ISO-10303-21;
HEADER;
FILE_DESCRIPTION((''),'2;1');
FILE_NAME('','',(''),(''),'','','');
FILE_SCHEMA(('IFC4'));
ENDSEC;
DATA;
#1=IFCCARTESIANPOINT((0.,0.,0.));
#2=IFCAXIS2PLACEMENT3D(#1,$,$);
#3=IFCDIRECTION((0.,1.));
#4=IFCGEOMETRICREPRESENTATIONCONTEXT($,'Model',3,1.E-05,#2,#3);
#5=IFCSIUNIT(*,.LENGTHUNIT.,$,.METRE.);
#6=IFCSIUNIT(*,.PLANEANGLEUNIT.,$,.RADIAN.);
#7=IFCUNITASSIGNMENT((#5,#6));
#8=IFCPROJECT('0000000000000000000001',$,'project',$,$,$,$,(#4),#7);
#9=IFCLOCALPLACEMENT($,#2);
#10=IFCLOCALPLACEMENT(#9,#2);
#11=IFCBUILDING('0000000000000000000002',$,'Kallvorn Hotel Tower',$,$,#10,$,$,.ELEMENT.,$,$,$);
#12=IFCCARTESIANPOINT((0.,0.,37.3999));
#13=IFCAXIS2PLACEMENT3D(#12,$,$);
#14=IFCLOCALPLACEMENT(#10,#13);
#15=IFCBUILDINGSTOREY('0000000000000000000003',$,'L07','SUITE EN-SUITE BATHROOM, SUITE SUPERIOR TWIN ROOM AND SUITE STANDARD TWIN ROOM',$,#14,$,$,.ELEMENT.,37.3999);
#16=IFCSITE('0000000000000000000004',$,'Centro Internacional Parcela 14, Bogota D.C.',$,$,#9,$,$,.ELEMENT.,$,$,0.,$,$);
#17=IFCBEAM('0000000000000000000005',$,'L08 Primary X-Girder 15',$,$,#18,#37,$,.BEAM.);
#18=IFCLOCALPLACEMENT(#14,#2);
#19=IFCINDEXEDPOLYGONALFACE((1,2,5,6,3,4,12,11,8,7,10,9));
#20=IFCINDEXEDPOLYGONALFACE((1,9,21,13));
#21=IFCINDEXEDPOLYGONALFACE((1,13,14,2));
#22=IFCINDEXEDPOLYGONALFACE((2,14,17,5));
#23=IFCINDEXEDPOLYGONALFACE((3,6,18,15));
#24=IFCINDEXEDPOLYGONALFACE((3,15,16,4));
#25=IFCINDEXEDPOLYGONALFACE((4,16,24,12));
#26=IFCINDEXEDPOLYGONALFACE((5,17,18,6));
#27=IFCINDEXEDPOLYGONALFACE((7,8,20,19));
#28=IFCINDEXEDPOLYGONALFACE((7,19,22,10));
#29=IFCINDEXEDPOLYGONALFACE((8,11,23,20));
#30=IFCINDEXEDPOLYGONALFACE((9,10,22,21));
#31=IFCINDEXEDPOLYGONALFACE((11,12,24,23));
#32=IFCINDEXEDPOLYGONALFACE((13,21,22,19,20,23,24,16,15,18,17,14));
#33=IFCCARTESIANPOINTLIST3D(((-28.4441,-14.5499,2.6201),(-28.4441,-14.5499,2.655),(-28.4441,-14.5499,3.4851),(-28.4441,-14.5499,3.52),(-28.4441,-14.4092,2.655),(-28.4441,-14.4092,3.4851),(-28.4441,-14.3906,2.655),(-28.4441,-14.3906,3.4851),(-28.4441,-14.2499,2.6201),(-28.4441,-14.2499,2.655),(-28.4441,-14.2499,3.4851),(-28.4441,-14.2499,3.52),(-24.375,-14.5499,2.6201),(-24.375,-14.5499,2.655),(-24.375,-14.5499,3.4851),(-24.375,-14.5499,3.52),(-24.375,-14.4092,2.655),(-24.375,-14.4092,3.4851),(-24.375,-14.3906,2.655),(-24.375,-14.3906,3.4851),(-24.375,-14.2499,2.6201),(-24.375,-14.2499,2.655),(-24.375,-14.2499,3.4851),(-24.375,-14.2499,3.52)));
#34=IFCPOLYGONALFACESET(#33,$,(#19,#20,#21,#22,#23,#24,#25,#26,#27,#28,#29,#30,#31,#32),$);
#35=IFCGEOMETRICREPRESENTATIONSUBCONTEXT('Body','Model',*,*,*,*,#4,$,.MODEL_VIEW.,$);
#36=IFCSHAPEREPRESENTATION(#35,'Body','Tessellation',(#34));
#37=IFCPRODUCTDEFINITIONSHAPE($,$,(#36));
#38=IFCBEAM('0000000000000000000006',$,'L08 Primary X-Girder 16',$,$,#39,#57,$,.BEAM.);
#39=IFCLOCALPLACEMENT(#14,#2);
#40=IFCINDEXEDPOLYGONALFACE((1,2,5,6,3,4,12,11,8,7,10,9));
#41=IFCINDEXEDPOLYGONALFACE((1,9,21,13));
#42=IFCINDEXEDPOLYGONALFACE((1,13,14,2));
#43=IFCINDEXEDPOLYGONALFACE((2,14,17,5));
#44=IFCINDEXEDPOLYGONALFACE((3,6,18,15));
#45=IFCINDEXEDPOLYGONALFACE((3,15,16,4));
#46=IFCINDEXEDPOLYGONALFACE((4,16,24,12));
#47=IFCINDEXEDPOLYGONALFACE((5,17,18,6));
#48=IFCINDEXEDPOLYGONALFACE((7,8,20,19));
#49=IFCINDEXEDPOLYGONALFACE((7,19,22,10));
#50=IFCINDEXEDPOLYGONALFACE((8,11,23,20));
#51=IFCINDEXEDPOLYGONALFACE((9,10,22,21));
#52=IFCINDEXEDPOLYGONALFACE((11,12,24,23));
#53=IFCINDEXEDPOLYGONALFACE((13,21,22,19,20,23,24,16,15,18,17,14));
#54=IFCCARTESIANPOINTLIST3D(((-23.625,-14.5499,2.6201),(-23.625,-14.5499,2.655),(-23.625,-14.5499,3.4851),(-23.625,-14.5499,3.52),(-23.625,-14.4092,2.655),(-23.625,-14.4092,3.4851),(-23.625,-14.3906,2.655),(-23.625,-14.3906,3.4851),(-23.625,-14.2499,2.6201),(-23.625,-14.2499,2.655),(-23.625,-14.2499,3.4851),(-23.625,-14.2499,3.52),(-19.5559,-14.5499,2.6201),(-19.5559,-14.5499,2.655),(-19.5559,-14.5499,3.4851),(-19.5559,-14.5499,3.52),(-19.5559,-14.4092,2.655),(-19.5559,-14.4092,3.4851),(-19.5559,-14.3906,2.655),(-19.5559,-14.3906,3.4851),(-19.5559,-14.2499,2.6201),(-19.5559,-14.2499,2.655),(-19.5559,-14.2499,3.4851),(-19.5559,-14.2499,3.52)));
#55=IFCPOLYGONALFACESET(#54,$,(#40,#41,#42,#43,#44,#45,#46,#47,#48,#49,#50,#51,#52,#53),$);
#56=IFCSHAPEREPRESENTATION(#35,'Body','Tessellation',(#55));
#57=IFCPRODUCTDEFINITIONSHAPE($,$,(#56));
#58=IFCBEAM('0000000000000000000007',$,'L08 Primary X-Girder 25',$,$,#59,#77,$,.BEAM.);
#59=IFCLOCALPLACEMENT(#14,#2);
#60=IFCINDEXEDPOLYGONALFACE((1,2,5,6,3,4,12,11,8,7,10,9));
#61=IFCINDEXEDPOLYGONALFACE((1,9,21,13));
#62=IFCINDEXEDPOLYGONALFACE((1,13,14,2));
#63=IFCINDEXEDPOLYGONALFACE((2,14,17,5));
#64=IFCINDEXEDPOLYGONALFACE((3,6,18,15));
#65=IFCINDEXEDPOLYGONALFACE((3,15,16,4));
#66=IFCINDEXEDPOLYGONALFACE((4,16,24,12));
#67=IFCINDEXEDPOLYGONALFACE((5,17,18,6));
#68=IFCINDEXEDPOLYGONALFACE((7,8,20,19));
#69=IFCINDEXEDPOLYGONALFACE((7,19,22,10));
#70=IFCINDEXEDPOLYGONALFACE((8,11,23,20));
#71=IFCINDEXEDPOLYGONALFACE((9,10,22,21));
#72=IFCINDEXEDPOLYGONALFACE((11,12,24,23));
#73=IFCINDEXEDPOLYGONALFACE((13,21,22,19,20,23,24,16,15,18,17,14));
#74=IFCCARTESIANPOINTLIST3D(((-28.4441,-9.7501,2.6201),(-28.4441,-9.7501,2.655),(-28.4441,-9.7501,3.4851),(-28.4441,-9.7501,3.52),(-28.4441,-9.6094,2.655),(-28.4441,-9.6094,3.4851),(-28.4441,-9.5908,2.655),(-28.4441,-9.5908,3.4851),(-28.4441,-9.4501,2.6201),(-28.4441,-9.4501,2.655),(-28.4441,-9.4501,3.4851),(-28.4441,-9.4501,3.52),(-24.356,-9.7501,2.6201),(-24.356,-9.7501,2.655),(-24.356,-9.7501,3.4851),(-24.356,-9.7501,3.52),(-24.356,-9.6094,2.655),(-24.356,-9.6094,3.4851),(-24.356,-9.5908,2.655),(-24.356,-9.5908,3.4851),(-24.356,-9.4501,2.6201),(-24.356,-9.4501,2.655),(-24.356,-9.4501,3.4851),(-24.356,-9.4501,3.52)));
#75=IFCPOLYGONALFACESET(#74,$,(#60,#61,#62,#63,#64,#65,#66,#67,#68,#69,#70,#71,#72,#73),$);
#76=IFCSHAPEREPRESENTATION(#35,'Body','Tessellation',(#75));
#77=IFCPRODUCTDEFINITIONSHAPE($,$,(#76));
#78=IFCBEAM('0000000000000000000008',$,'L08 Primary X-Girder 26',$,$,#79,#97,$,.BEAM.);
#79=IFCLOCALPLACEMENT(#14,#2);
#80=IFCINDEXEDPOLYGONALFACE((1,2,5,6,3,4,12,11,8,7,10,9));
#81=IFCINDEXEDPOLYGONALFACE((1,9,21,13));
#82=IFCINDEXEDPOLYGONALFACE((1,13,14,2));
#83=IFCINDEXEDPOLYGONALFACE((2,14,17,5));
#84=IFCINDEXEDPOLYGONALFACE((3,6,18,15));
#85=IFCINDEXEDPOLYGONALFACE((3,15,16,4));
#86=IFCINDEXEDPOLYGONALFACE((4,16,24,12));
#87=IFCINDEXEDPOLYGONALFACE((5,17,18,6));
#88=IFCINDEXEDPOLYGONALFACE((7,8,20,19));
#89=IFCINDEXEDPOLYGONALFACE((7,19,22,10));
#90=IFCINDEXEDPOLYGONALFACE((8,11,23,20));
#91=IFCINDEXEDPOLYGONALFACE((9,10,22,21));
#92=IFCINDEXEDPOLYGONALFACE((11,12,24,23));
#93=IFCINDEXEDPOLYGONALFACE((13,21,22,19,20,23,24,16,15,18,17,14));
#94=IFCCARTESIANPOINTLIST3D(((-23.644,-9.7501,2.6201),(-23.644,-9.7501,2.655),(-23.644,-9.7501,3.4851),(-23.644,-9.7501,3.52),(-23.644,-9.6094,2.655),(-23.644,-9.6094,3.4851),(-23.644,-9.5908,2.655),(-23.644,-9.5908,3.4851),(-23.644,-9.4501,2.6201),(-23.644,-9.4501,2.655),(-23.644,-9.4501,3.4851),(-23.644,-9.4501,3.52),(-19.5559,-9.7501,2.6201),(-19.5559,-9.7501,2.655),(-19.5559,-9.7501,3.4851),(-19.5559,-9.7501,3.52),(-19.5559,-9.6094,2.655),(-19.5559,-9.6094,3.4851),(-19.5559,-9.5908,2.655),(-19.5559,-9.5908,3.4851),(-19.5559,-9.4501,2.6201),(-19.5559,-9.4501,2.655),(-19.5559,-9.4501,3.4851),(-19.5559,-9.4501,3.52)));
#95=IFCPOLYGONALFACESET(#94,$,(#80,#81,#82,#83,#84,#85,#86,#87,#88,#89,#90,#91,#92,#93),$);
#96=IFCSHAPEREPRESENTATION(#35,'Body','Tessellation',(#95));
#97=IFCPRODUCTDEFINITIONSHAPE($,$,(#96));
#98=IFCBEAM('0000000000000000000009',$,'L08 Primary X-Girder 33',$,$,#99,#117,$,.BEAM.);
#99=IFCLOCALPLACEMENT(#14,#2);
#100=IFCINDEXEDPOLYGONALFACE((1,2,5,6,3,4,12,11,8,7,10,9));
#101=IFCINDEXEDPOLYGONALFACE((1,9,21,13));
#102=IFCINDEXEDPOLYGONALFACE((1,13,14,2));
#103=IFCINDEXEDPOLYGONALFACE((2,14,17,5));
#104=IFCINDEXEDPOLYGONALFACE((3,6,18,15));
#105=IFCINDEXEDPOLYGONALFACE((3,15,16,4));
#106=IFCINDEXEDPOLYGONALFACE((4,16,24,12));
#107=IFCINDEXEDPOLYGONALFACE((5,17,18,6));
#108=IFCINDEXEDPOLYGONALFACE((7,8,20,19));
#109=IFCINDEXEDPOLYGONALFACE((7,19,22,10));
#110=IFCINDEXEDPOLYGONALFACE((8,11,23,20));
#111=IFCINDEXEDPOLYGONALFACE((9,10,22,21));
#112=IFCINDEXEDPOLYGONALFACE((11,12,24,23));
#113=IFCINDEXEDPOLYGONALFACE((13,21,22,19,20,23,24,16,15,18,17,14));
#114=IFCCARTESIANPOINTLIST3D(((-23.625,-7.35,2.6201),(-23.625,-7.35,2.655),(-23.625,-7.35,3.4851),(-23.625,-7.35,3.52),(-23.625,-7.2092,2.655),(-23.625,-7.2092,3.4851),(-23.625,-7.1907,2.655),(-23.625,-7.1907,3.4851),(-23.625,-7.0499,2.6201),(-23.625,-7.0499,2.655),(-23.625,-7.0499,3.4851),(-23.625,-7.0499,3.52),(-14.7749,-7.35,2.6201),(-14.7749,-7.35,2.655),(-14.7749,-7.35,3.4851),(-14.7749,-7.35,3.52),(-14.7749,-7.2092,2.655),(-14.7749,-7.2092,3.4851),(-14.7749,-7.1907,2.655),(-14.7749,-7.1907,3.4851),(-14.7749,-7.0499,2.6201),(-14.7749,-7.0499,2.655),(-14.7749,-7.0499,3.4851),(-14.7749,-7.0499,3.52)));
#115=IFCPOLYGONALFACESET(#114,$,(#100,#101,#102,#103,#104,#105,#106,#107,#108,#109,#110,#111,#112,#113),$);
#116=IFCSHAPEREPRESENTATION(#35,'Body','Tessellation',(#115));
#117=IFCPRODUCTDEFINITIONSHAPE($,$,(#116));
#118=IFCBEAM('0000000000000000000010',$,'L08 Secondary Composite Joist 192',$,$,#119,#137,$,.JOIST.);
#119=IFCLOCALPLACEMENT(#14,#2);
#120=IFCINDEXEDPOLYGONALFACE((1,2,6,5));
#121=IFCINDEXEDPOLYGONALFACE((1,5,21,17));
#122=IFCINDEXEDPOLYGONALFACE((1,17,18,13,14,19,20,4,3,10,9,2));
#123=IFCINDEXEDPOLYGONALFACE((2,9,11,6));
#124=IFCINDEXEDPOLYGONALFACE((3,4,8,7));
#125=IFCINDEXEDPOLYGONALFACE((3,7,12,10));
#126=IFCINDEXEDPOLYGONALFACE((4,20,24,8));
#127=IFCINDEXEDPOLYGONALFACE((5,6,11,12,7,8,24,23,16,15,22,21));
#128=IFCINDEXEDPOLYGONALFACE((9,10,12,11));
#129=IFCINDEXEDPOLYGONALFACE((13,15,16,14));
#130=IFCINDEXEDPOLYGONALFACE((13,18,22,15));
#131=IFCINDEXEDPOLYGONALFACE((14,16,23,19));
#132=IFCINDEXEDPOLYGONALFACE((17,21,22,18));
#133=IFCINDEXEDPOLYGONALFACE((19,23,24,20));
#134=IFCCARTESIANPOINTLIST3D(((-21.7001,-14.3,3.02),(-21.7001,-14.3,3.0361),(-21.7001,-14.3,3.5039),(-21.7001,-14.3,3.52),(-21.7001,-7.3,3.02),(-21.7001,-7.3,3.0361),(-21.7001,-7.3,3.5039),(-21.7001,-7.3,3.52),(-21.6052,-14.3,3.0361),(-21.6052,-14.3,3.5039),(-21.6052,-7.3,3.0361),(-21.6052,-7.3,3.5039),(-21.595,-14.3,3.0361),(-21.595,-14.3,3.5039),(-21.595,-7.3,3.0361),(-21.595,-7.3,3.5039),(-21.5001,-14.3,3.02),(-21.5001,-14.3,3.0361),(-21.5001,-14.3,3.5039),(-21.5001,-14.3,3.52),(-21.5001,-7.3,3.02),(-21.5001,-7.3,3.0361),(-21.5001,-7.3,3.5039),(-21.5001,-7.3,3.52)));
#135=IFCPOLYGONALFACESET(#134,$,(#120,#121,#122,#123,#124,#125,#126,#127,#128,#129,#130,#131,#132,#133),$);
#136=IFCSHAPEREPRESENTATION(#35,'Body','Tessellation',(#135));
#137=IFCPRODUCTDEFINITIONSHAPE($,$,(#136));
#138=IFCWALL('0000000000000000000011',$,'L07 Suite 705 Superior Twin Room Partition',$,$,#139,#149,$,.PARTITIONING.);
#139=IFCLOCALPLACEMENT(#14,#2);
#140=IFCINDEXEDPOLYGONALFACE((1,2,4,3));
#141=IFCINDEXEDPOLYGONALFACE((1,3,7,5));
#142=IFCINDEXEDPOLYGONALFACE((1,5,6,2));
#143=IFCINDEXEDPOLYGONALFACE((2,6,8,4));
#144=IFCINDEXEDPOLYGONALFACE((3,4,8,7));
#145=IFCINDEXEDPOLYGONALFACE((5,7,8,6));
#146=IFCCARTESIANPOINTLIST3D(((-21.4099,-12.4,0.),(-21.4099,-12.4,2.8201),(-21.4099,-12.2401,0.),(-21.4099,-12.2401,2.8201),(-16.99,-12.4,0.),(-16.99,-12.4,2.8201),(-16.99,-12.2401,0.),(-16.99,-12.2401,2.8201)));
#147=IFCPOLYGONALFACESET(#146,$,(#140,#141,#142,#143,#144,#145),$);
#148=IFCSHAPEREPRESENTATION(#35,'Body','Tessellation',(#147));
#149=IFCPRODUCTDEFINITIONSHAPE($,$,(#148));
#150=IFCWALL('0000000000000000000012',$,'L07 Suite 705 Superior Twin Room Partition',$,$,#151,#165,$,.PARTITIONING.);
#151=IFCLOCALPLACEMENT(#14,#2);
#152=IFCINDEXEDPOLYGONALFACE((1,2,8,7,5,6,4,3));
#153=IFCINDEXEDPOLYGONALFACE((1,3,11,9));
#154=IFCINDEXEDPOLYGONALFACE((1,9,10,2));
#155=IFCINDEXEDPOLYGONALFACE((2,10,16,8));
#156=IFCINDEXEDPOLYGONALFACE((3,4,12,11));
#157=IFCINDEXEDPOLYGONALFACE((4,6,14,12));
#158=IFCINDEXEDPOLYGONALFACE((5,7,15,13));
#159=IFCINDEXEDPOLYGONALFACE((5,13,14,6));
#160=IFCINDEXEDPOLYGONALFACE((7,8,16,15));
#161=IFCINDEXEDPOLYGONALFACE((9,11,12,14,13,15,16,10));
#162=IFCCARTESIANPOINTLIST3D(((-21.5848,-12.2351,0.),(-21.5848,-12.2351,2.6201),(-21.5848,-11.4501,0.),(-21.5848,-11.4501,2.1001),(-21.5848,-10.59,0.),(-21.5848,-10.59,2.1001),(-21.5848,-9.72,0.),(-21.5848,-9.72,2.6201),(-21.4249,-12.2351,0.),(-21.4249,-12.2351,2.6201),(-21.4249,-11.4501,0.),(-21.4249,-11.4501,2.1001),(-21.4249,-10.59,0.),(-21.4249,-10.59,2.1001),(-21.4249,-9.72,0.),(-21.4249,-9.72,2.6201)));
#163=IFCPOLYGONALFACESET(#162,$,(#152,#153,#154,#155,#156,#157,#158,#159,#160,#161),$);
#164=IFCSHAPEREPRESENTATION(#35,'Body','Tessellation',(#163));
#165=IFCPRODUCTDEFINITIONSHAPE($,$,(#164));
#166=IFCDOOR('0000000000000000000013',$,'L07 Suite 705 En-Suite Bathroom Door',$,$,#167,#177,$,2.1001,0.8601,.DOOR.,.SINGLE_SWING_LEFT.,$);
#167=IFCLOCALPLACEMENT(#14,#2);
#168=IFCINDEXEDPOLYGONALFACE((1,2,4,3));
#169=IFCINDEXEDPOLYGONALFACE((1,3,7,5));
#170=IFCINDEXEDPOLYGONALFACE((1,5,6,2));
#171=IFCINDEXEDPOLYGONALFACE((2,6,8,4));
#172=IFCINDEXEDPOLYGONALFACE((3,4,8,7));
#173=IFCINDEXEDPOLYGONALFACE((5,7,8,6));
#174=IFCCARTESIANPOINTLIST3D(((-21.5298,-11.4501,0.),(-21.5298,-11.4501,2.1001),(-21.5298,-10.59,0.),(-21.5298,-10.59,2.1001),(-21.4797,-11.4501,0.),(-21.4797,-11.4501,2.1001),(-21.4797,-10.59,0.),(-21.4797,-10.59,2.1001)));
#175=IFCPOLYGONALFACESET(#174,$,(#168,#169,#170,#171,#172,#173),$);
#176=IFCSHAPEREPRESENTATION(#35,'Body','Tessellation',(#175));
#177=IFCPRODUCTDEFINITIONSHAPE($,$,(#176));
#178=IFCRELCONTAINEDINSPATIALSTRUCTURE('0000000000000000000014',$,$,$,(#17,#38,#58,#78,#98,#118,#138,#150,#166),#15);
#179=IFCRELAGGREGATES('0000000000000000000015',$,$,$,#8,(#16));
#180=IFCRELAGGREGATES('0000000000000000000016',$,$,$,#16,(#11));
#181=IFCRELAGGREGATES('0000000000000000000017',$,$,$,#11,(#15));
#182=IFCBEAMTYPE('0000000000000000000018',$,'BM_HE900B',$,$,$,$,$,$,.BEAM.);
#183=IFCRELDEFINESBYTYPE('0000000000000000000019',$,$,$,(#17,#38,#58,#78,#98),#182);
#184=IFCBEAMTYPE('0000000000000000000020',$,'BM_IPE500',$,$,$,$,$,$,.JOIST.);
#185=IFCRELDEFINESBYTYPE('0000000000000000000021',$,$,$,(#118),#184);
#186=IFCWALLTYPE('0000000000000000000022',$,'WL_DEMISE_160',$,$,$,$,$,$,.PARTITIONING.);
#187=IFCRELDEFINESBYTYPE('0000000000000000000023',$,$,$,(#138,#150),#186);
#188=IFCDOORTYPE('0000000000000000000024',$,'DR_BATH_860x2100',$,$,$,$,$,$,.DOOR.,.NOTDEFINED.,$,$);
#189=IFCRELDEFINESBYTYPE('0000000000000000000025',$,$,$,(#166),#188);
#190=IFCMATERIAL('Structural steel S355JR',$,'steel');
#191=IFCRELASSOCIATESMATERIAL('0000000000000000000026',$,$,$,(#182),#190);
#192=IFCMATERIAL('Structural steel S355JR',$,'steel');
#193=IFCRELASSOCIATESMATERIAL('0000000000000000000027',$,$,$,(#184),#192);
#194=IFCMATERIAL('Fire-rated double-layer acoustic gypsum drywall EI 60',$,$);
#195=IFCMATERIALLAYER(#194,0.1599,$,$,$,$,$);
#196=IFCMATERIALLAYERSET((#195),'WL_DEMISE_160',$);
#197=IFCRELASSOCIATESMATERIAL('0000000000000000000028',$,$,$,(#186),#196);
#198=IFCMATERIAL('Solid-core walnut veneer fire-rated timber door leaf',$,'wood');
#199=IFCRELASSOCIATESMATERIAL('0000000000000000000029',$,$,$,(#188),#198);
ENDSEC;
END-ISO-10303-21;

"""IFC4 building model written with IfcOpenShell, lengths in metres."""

from ifc_helpers import new_model, si_unit, direction, frame, frame_2d, origin, origin_2d, place, context, subcontext, project, spatial, rectangle, i_section, extrude, material, layer, layer_set, material_profile, profile_set, type_object, element, fill, save


model = new_model("IFC4")

# Units and contexts
model_context = context("Model", 3, precision=1e-05, world=origin(), true_north=direction((0.0, 1.0)))
body_context = subcontext(model_context, "Body", "Model", "MODEL_VIEW")
ifc_project = project(units=[si_unit("LENGTHUNIT", "METRE"), si_unit("PLANEANGLEUNIT", "RADIAN")], contexts=[model_context])

# Site, building, storey
site_placement = place(None, origin())
site = spatial("IfcSite", under=ifc_project, at=site_placement, Name="Centro Internacional Parcela 14, Bogota D.C.", CompositionType="ELEMENT", RefElevation=0.0)
building_placement = place(site_placement, origin())
building = spatial("IfcBuilding", under=site, at=building_placement, Name="Kallvorn Hotel Tower", CompositionType="ELEMENT")
storey_placement = place(building_placement, frame((0.0, 0.0, 37.3999)))
storey = spatial("IfcBuildingStorey", under=building, at=storey_placement, Name="L07", Description="SUITE EN-SUITE BATHROOM, SUITE SUPERIOR TWIN ROOM AND SUITE STANDARD TWIN ROOM", CompositionType="ELEMENT", Elevation=37.3999)

# Beams
ifc_material_1 = material(Name="Structural steel S355JR", Category="steel")
ifc_material_profile_1 = material_profile(ifc_material_1, i_section(OverallWidth=0.3, OverallDepth=0.8999, WebThickness=0.0186, FlangeThickness=0.0349, at=origin_2d()), Name="HE 900 B")
ifc_profile_set_1 = profile_set([ifc_material_profile_1], Name="Structural steel S355JR")
beam_type_1 = type_object("IfcBeamType", Name="BM_HE900B", PredefinedType="BEAM", material=ifc_profile_set_1)
for number, where, z_axis, x_axis, name in (
    (1, (-28.4441, -14.3999, 3.0701), (1.0, 0.0, 0.0), (0.0, 1.0, 0.0), "L08 Primary X-Girder 15"),
    (2, (-23.625, -14.3999, 3.0701), (1.0, 0.0, 0.0), (0.0, 1.0, 0.0), "L08 Primary X-Girder 16"),
):
    element("IfcBeam", number, at=place(storey_placement, frame(where, z_axis=z_axis, x_axis=x_axis)), inside=storey, type_object=beam_type_1, Name=name, PredefinedType="BEAM", context=body_context, shape_type="SweptSolid", body=[
        extrude(i_section(OverallWidth=0.3, OverallDepth=0.8999, WebThickness=0.0186, FlangeThickness=0.0349, at=origin_2d()), origin(), (0.0, 0.0, 1.0), 4.0691),
    ])
for number, where, z_axis, x_axis, name in (
    (3, (-28.4441, -9.6001, 3.0701), (1.0, 0.0, 0.0), (0.0, 1.0, 0.0), "L08 Primary X-Girder 25"),
    (4, (-23.644, -9.6001, 3.0701), (1.0, 0.0, 0.0), (0.0, 1.0, 0.0), "L08 Primary X-Girder 26"),
):
    element("IfcBeam", number, at=place(storey_placement, frame(where, z_axis=z_axis, x_axis=x_axis)), inside=storey, type_object=beam_type_1, Name=name, PredefinedType="BEAM", context=body_context, shape_type="SweptSolid", body=[
        extrude(i_section(OverallWidth=0.3, OverallDepth=0.8999, WebThickness=0.0186, FlangeThickness=0.0349, at=origin_2d()), origin(), (0.0, 0.0, 1.0), 4.0881),
    ])
beam_1_placement = place(storey_placement, frame((-23.625, -7.2, 3.0701), z_axis=(1.0, 0.0, 0.0), x_axis=(0.0, 1.0, 0.0)))
element("IfcBeam", 5, at=beam_1_placement, inside=storey, type_object=beam_type_1, Name="L08 Primary X-Girder 33", PredefinedType="BEAM", context=body_context, shape_type="SweptSolid", body=[
    extrude(i_section(OverallWidth=0.3, OverallDepth=0.8999, WebThickness=0.0186, FlangeThickness=0.0349, at=origin_2d()), origin(), (0.0, 0.0, 1.0), 8.8501),
])
ifc_material_2 = material(Name="Structural steel S355JR", Category="steel")
ifc_material_profile_2 = material_profile(ifc_material_2, i_section(OverallWidth=0.2, OverallDepth=0.5, WebThickness=0.0103, FlangeThickness=0.0161, at=origin_2d()), Name="IPE 500")
ifc_profile_set_2 = profile_set([ifc_material_profile_2], Name="Structural steel S355JR")
beam_type_2 = type_object("IfcBeamType", Name="BM_IPE500", PredefinedType="JOIST", material=ifc_profile_set_2)
beam_2_placement = place(storey_placement, frame((-21.6001, -14.3, 3.27), z_axis=(0.0, 1.0, 0.0), x_axis=(-1.0, 0.0, 0.0)))
element("IfcBeam", 6, at=beam_2_placement, inside=storey, type_object=beam_type_2, Name="L08 Secondary Composite Joist 192", PredefinedType="JOIST", context=body_context, shape_type="SweptSolid", body=[
    extrude(i_section(OverallWidth=0.2, OverallDepth=0.5, WebThickness=0.0103, FlangeThickness=0.0161, at=origin_2d()), origin(), (0.0, 0.0, 1.0), 7.0),
])

# Wall
ifc_material_3 = material(Name="Fire-rated double-layer acoustic gypsum drywall EI 60")
ifc_layer = layer(ifc_material_3, 0.1599)
ifc_layer_set = layer_set([ifc_layer], Name="WL_DEMISE_160")
wall_type = type_object("IfcWallType", Name="WL_DEMISE_160", PredefinedType="PARTITIONING", material=ifc_layer_set)
wall_1_placement = place(storey_placement, frame((-21.4099, -12.3201, 0.0), z_axis=(0.0, 0.0, 1.0), x_axis=(1.0, 0.0, 0.0)))
element("IfcWall", 7, at=wall_1_placement, inside=storey, type_object=wall_type, Name="L07 Suite 705 Superior Twin Room Partition", PredefinedType="PARTITIONING", context=body_context, shape_type="SweptSolid", body=[
    extrude(rectangle(XDim=4.4199, YDim=0.1599, at=frame_2d((2.21, 0.0))), origin(), (0.0, 0.0, 1.0), 2.8201),
])

# Wall, opening, door
wall_2_placement = place(storey_placement, frame((-21.5049, -12.2351, 0.0), z_axis=(0.0, 0.0, 1.0), x_axis=(0.0, 1.0, 0.0)))
wall_2 = element("IfcWall", 8, at=wall_2_placement, inside=storey, type_object=wall_type, Name="L07 Suite 705 Superior Twin Room Partition", PredefinedType="PARTITIONING", context=body_context, shape_type="SweptSolid", body=[
    extrude(rectangle(XDim=2.5151, YDim=0.1599, at=frame_2d((1.2576, 0.0))), origin(), (0.0, 0.0, 1.0), 2.6201),
])
opening_placement = place(wall_2_placement, frame((0.7849, 0.0, 0.0)))
opening = element("IfcOpeningElement", 9, at=opening_placement, cuts=wall_2, PredefinedType="OPENING", context=body_context, shape_type="SweptSolid", body=[
    extrude(rectangle(XDim=0.8601, YDim=2.1001, at=frame_2d((0.4302, 1.05))), frame((0.0, 0.095, 0.0), z_axis=(0.0, -1.0, 0.0), x_axis=(1.0, 0.0, 0.0)), (0.0, 0.0, 1.0), 0.1899),
])
ifc_material_4 = material(Name="Solid-core walnut veneer fire-rated timber door leaf", Category="wood")
door_type = type_object("IfcDoorType", Name="DR_BATH_860x2100", OperationType="NOTDEFINED", PredefinedType="DOOR", material=ifc_material_4)
door_placement = place(opening_placement, origin())
door = element("IfcDoor", 10, at=door_placement, inside=storey, type_object=door_type, Name="L07 Suite 705 En-Suite Bathroom Door", OperationType="SINGLE_SWING_LEFT", OverallHeight=2.1001, OverallWidth=0.8601, PredefinedType="DOOR", context=body_context, shape_type="SweptSolid", body=[
    extrude(rectangle(XDim=0.8601, YDim=2.1001, at=frame_2d((0.4302, 1.05))), frame((0.0, 0.0249, 0.0), z_axis=(0.0, -1.0, 0.0), x_axis=(1.0, 0.0, 0.0)), (0.0, 0.0, 1.0), 0.05),
])
fill(opening, door)

save(model, "model.ifc")
